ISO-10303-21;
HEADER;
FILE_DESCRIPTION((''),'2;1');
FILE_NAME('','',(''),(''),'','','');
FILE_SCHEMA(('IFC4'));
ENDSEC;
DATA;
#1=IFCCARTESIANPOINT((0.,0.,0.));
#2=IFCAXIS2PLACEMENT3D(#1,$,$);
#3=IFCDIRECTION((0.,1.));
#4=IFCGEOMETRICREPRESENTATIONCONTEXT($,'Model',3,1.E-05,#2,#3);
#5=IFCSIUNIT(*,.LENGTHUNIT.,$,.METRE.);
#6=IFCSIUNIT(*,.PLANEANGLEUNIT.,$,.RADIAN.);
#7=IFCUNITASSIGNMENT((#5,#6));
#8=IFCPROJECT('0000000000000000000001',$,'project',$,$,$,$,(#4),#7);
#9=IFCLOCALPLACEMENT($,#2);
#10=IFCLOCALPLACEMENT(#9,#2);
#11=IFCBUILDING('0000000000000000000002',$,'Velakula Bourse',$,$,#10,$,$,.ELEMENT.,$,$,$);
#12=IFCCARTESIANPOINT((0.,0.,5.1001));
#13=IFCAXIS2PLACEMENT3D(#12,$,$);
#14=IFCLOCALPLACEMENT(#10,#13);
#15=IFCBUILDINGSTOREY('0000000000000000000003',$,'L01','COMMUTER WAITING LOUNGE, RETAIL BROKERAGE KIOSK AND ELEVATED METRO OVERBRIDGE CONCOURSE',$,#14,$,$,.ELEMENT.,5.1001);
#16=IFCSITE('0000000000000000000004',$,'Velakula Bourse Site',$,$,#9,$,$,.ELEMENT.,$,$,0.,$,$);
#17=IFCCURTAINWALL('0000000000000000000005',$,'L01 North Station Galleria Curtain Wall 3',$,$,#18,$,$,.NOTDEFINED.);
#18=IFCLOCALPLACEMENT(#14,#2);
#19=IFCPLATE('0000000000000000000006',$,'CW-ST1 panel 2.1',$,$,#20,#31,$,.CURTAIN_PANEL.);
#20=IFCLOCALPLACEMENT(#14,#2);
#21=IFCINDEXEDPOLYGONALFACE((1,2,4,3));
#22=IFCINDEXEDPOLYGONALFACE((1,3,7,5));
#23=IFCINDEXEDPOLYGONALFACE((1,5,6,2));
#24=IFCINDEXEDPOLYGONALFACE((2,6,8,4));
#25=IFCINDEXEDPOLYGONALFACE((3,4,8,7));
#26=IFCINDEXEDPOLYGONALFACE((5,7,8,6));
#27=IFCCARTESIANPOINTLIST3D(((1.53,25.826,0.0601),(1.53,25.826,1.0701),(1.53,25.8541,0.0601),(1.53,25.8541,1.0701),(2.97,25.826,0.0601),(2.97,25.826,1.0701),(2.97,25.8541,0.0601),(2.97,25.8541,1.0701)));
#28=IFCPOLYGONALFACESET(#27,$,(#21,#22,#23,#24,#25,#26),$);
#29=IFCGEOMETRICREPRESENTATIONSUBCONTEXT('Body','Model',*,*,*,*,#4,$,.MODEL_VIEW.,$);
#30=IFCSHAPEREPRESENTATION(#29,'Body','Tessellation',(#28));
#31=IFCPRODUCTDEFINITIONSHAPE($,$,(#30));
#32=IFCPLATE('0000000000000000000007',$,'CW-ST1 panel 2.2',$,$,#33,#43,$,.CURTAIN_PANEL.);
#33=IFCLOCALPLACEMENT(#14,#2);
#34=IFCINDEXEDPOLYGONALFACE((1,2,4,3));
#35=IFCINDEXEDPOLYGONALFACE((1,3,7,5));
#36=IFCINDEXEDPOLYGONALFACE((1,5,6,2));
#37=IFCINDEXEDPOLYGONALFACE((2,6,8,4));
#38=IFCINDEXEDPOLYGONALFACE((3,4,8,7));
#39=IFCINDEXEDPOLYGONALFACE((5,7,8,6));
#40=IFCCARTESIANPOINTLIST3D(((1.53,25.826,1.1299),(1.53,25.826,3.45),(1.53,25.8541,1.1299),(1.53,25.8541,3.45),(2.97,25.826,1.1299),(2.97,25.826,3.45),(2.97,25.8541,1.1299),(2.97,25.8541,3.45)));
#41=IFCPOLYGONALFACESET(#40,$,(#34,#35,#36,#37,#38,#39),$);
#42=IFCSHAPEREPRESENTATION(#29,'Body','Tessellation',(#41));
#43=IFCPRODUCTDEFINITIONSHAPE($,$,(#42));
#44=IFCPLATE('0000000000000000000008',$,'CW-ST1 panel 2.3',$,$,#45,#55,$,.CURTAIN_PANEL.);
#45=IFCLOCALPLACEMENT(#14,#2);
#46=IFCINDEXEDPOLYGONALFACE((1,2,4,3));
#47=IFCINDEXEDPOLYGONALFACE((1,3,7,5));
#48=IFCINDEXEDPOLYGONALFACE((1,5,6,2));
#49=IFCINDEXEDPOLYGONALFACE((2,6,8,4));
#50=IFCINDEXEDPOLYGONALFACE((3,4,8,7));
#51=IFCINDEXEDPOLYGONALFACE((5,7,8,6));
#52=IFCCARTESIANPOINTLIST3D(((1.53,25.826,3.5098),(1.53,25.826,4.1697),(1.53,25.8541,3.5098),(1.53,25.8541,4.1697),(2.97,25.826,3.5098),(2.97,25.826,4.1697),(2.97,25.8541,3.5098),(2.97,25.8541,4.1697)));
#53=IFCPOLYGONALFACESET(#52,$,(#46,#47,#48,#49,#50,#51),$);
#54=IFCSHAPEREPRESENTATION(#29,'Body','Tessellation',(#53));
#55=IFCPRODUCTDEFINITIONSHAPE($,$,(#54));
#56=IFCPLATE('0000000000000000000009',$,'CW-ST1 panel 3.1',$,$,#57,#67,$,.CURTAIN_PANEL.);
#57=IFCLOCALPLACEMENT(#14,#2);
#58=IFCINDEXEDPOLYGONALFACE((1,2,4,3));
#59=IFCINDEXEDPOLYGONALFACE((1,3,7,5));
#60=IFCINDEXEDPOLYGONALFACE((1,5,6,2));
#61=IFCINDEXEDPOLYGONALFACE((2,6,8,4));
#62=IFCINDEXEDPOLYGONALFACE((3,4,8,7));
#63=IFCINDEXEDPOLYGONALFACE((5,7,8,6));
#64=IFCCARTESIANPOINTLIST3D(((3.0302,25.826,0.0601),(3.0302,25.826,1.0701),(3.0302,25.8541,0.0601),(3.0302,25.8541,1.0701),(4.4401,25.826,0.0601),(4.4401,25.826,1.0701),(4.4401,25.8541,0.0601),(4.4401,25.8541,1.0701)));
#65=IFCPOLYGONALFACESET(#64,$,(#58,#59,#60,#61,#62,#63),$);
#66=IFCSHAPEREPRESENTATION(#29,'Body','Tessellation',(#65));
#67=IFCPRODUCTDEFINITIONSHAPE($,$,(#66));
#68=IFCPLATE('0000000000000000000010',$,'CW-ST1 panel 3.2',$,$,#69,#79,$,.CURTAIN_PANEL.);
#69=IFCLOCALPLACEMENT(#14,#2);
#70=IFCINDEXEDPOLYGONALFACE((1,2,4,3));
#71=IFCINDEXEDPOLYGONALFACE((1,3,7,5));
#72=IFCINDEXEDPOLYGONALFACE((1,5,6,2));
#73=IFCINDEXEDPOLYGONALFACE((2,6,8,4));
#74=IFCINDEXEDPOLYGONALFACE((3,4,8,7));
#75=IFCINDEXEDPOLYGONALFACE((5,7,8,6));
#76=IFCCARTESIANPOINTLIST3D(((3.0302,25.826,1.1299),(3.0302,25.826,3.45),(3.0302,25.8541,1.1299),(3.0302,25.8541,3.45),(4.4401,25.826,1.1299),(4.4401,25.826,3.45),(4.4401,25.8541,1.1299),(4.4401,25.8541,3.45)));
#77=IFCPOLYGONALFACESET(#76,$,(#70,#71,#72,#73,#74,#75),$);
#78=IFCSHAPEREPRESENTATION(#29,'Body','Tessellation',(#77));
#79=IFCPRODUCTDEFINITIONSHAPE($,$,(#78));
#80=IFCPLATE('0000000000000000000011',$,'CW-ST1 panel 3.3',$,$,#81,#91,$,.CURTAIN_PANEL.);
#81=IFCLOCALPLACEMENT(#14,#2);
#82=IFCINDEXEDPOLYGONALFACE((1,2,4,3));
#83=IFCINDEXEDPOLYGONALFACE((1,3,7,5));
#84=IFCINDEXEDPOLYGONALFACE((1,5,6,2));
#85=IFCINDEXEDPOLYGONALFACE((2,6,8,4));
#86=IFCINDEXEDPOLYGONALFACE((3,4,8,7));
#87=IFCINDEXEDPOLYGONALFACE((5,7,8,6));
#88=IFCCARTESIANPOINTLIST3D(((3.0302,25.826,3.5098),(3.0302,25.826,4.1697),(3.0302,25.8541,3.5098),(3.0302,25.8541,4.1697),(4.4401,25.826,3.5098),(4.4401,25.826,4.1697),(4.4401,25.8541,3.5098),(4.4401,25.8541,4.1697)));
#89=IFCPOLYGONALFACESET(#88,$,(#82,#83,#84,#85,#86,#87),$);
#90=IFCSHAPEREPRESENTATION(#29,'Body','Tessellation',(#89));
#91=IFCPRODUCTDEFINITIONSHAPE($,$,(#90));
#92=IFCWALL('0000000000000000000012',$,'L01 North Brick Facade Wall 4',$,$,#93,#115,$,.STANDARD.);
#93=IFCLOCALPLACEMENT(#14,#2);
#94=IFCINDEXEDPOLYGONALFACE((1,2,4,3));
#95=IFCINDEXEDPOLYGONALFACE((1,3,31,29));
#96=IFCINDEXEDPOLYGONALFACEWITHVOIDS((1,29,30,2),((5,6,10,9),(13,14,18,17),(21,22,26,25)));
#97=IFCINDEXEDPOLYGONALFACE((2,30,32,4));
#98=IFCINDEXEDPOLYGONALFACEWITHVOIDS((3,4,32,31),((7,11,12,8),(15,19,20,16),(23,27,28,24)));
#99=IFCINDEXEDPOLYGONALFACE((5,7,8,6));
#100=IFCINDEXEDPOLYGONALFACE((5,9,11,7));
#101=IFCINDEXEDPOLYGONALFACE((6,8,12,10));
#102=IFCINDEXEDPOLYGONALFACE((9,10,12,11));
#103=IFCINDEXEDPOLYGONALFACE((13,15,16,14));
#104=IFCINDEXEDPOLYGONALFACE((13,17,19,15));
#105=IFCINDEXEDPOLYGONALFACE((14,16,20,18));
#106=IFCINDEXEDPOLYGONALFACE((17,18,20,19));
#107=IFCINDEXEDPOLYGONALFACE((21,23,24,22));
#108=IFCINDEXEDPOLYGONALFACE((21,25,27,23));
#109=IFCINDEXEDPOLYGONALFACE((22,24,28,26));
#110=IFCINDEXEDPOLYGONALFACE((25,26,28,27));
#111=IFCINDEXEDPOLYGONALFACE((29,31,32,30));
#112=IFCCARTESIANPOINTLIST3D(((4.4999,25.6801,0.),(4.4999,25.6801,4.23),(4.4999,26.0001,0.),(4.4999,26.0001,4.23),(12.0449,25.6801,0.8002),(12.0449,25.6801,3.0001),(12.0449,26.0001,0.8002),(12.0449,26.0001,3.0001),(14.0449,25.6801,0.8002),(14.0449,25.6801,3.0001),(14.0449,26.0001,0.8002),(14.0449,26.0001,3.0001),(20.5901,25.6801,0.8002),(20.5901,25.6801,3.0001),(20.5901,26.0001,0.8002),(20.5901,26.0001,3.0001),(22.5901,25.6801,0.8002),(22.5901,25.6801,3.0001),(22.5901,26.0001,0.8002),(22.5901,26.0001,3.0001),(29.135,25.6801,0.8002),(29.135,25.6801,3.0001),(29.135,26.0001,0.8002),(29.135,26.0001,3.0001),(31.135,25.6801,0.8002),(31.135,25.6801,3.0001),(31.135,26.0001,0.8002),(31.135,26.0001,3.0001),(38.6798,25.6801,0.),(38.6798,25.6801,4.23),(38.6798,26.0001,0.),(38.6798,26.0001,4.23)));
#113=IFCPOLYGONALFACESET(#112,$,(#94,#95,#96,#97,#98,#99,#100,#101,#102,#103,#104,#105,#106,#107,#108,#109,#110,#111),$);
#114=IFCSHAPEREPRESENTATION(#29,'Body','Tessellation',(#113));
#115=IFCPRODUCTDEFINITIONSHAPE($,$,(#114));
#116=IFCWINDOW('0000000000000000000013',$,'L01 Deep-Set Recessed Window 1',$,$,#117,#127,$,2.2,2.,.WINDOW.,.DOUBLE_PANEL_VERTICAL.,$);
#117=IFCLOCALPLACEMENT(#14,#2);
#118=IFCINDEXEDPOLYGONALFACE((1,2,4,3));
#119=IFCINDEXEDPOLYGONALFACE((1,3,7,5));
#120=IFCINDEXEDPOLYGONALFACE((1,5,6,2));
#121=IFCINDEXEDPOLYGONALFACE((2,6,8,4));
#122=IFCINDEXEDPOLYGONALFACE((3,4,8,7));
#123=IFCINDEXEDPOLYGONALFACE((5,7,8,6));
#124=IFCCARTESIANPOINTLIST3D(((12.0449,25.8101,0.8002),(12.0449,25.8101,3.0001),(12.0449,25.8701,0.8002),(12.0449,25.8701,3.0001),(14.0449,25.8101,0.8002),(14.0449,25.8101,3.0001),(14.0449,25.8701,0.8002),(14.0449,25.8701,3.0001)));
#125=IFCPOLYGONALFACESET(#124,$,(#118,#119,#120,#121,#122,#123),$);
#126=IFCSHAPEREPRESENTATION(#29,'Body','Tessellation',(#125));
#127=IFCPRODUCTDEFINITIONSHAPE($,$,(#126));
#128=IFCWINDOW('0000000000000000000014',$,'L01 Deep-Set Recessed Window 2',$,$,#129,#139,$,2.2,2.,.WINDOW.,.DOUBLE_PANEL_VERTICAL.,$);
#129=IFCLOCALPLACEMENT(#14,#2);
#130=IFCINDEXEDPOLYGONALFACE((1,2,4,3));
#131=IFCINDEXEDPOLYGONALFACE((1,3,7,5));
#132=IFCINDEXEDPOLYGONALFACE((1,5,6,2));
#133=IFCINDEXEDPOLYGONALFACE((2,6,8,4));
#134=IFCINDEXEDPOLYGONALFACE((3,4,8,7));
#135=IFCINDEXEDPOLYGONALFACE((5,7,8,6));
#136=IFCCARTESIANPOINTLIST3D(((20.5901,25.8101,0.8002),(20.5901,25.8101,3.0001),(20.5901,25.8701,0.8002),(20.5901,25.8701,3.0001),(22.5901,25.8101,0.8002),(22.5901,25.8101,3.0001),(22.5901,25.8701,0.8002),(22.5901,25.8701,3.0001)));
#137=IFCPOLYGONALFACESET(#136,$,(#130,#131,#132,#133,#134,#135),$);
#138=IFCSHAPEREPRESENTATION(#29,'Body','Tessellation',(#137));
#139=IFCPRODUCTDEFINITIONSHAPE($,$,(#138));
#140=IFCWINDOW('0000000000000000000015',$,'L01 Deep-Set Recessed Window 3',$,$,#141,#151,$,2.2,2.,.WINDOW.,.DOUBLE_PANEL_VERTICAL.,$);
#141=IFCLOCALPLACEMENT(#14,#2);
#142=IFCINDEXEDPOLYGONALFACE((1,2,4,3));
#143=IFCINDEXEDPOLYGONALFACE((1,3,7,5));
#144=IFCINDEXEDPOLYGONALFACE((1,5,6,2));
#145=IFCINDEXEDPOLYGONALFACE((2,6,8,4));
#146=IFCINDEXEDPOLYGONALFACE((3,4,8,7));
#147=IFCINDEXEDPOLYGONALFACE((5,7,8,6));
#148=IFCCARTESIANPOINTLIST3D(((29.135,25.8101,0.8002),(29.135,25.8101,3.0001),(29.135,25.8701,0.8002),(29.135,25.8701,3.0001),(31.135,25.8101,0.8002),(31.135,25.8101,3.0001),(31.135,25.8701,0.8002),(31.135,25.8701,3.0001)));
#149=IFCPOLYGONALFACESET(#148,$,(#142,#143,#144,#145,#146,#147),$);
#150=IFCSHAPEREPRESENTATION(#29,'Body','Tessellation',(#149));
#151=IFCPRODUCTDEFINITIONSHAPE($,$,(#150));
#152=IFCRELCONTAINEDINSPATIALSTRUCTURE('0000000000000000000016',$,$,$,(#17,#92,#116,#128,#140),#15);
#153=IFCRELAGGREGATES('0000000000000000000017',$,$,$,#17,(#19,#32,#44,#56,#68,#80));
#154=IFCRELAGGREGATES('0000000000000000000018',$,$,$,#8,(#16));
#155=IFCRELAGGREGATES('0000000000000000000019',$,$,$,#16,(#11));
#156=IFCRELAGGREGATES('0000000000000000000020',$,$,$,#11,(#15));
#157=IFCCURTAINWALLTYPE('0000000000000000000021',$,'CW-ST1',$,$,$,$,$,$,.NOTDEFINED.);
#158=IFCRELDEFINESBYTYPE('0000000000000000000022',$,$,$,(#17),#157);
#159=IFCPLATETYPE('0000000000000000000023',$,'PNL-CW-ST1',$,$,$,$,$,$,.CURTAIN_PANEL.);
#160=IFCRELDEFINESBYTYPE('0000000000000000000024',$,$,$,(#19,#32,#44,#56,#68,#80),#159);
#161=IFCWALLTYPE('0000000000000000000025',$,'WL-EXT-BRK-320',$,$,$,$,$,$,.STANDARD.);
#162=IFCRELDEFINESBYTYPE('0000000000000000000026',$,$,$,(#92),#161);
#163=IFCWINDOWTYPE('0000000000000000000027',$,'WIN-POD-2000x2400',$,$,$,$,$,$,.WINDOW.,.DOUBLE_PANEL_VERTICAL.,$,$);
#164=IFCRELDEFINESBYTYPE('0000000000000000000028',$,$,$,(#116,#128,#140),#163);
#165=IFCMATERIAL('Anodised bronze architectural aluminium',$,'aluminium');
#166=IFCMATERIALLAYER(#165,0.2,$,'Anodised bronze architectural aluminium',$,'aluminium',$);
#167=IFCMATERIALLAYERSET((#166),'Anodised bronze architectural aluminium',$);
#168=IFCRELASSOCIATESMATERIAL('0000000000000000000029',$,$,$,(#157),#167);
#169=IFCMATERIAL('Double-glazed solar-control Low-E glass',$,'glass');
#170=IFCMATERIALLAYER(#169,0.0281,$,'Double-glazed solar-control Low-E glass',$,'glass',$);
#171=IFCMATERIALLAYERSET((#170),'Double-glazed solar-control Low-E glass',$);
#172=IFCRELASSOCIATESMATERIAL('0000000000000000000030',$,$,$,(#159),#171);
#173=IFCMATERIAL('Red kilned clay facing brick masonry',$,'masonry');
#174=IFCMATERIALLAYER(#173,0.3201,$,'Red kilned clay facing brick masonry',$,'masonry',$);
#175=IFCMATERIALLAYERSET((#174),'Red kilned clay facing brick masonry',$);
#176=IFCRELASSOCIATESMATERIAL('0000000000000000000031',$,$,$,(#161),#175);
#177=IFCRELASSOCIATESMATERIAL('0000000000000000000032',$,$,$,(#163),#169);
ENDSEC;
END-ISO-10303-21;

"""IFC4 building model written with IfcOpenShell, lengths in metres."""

from ifc_helpers import new_model, si_unit, direction, frame, frame_2d, origin, origin_2d, place, context, subcontext, project, spatial, rectangle, extrude, material, layer, layer_set, type_object, element, fill, aggregate, save


model = new_model("IFC4")

# Units and contexts
model_context = context("Model", 3, precision=1e-05, world=origin(), true_north=direction((0.0, 1.0)))
body_context = subcontext(model_context, "Body", "Model", "MODEL_VIEW")
ifc_project = project(units=[si_unit("LENGTHUNIT", "METRE"), si_unit("PLANEANGLEUNIT", "RADIAN")], contexts=[model_context])

# Site, building, storey
site_placement = place(None, origin())
site = spatial("IfcSite", under=ifc_project, at=site_placement, Name="Velakula Bourse Site", CompositionType="ELEMENT", RefElevation=0.0)
building_placement = place(site_placement, origin())
building = spatial("IfcBuilding", under=site, at=building_placement, Name="Velakula Bourse", CompositionType="ELEMENT")
storey_placement = place(building_placement, frame((0.0, 0.0, 5.1001)))
storey = spatial("IfcBuildingStorey", under=building, at=storey_placement, Name="L01", Description="COMMUTER WAITING LOUNGE, RETAIL BROKERAGE KIOSK AND ELEVATED METRO OVERBRIDGE CONCOURSE", CompositionType="ELEMENT", Elevation=5.1001)

# Shared definitions
ifc_material_1 = material(Name="Anodised bronze architectural aluminium", Category="aluminium")
ifc_layer_1 = layer(ifc_material_1, 0.2, Name="Anodised bronze architectural aluminium", Category="aluminium")
ifc_layer_set_1 = layer_set([ifc_layer_1], Name="Anodised bronze architectural aluminium")
curtain_wall_type = type_object("IfcCurtainWallType", Name="CW-ST1", PredefinedType="NOTDEFINED", material=ifc_layer_set_1)

# Curtain wall, plates
curtain_wall_1_placement = place(storey_placement, origin())
curtain_wall_1 = element("IfcCurtainWall", 1, at=curtain_wall_1_placement, inside=storey, type_object=curtain_wall_type, Name="L01 North Station Galleria Curtain Wall 3", PredefinedType="NOTDEFINED")
ifc_material_2 = material(Name="Double-glazed solar-control Low-E glass", Category="glass")
ifc_layer_2 = layer(ifc_material_2, 0.0281, Name="Double-glazed solar-control Low-E glass", Category="glass")
ifc_layer_set_2 = layer_set([ifc_layer_2], Name="Double-glazed solar-control Low-E glass")
plate_type = type_object("IfcPlateType", Name="PNL-CW-ST1", PredefinedType="CURTAIN_PANEL", material=ifc_layer_set_2)
plate_1_placement = place(storey_placement, frame((2.25, 25.8401, 0.0601), z_axis=(0.0, 0.0, 1.0), x_axis=(1.0, 0.0, 0.0)))
plate_1 = element("IfcPlate", 2, at=plate_1_placement, type_object=plate_type, Name="CW-ST1 panel 2.1", PredefinedType="CURTAIN_PANEL", context=body_context, shape_type="SweptSolid", body=[
    extrude(rectangle(XDim=1.4399, YDim=0.0281, at=origin_2d()), origin(), (0.0, 0.0, 1.0), 1.01),
])
plate_2_placement = place(storey_placement, frame((2.25, 25.8401, 1.1299), z_axis=(0.0, 0.0, 1.0), x_axis=(1.0, 0.0, 0.0)))
plate_2 = element("IfcPlate", 3, at=plate_2_placement, type_object=plate_type, Name="CW-ST1 panel 2.2", PredefinedType="CURTAIN_PANEL", context=body_context, shape_type="SweptSolid", body=[
    extrude(rectangle(XDim=1.4399, YDim=0.0281, at=origin_2d()), origin(), (0.0, 0.0, 1.0), 2.3201),
])
plate_3_placement = place(storey_placement, frame((2.25, 25.8401, 3.5098), z_axis=(0.0, 0.0, 1.0), x_axis=(1.0, 0.0, 0.0)))
plate_3 = element("IfcPlate", 4, at=plate_3_placement, type_object=plate_type, Name="CW-ST1 panel 2.3", PredefinedType="CURTAIN_PANEL", context=body_context, shape_type="SweptSolid", body=[
    extrude(rectangle(XDim=1.4399, YDim=0.0281, at=origin_2d()), origin(), (0.0, 0.0, 1.0), 0.6599),
])
plate_4_placement = place(storey_placement, frame((3.7351, 25.8401, 0.0601), z_axis=(0.0, 0.0, 1.0), x_axis=(1.0, 0.0, 0.0)))
plate_4 = element("IfcPlate", 5, at=plate_4_placement, type_object=plate_type, Name="CW-ST1 panel 3.1", PredefinedType="CURTAIN_PANEL", context=body_context, shape_type="SweptSolid", body=[
    extrude(rectangle(XDim=1.4099, YDim=0.0281, at=origin_2d()), origin(), (0.0, 0.0, 1.0), 1.01),
])
plate_5_placement = place(storey_placement, frame((3.7351, 25.8401, 1.1299), z_axis=(0.0, 0.0, 1.0), x_axis=(1.0, 0.0, 0.0)))
plate_5 = element("IfcPlate", 6, at=plate_5_placement, type_object=plate_type, Name="CW-ST1 panel 3.2", PredefinedType="CURTAIN_PANEL", context=body_context, shape_type="SweptSolid", body=[
    extrude(rectangle(XDim=1.4099, YDim=0.0281, at=origin_2d()), origin(), (0.0, 0.0, 1.0), 2.3201),
])
plate_6_placement = place(storey_placement, frame((3.7351, 25.8401, 3.5098), z_axis=(0.0, 0.0, 1.0), x_axis=(1.0, 0.0, 0.0)))
plate_6 = element("IfcPlate", 7, at=plate_6_placement, type_object=plate_type, Name="CW-ST1 panel 3.3", PredefinedType="CURTAIN_PANEL", context=body_context, shape_type="SweptSolid", body=[
    extrude(rectangle(XDim=1.4099, YDim=0.0281, at=origin_2d()), origin(), (0.0, 0.0, 1.0), 0.6599),
])
aggregate(curtain_wall_1, [plate_1, plate_2, plate_3, plate_4, plate_5, plate_6])

# Wall, openings, windows
ifc_material_3 = material(Name="Red kilned clay facing brick masonry", Category="masonry")
ifc_layer_3 = layer(ifc_material_3, 0.3201, Name="Red kilned clay facing brick masonry", Category="masonry")
ifc_layer_set_3 = layer_set([ifc_layer_3], Name="Red kilned clay facing brick masonry")
wall_type = type_object("IfcWallType", Name="WL-EXT-BRK-320", PredefinedType="STANDARD", material=ifc_layer_set_3)
wall_placement = place(storey_placement, frame((4.5, 25.8401, 0.0), z_axis=(0.0, 0.0, 1.0), x_axis=(1.0, 0.0, 0.0)))
wall = element("IfcWall", 8, at=wall_placement, inside=storey, type_object=wall_type, Name="L01 North Brick Facade Wall 4", PredefinedType="STANDARD", context=body_context, shape_type="SweptSolid", body=[
    extrude(rectangle(XDim=34.1799, YDim=0.3201, at=frame_2d((17.0898, 0.0))), origin(), (0.0, 0.0, 1.0), 4.23),
])
opening_1_placement = place(wall_placement, frame((7.5449, 0.0, 0.8)))
opening_1 = element("IfcOpeningElement", 9, at=opening_1_placement, cuts=wall, PredefinedType="OPENING", context=body_context, shape_type="SweptSolid", body=[
    extrude(rectangle(XDim=2.0, YDim=2.2, at=frame_2d((1.0, 1.1001))), frame((0.0, 0.1699, 0.0), z_axis=(0.0, -1.0, 0.0), x_axis=(1.0, 0.0, 0.0)), (0.0, 0.0, 1.0), 0.3401),
])
opening_2_placement = place(wall_placement, frame((16.0901, 0.0, 0.8)))
opening_2 = element("IfcOpeningElement", 10, at=opening_2_placement, cuts=wall, PredefinedType="OPENING", context=body_context, shape_type="SweptSolid", body=[
    extrude(rectangle(XDim=2.0, YDim=2.2, at=frame_2d((1.0, 1.1001))), frame((0.0, 0.1699, 0.0), z_axis=(0.0, -1.0, 0.0), x_axis=(1.0, 0.0, 0.0)), (0.0, 0.0, 1.0), 0.3401),
])
opening_3_placement = place(wall_placement, frame((24.635, 0.0, 0.8)))
opening_3 = element("IfcOpeningElement", 11, at=opening_3_placement, cuts=wall, PredefinedType="OPENING", context=body_context, shape_type="SweptSolid", body=[
    extrude(rectangle(XDim=2.0, YDim=2.2, at=frame_2d((1.0, 1.1001))), frame((0.0, 0.1699, 0.0), z_axis=(0.0, -1.0, 0.0), x_axis=(1.0, 0.0, 0.0)), (0.0, 0.0, 1.0), 0.3401),
])
window_type = type_object("IfcWindowType", Name="WIN-POD-2000x2400", PartitioningType="DOUBLE_PANEL_VERTICAL", PredefinedType="WINDOW", material=ifc_material_2)
window_1_placement = place(opening_1_placement, origin())
window_1 = element("IfcWindow", 12, at=window_1_placement, inside=storey, type_object=window_type, Name="L01 Deep-Set Recessed Window 1", OverallHeight=2.2, OverallWidth=2.0, PartitioningType="DOUBLE_PANEL_VERTICAL", PredefinedType="WINDOW", context=body_context, shape_type="SweptSolid", body=[
    extrude(rectangle(XDim=2.0, YDim=2.2, at=frame_2d((1.0, 1.1001))), frame((0.0, 0.03, 0.0), z_axis=(0.0, -1.0, 0.0), x_axis=(1.0, 0.0, 0.0)), (0.0, 0.0, 1.0), 0.0601),
])
fill(opening_1, window_1)
window_2_placement = place(opening_2_placement, origin())
window_2 = element("IfcWindow", 13, at=window_2_placement, inside=storey, type_object=window_type, Name="L01 Deep-Set Recessed Window 2", OverallHeight=2.2, OverallWidth=2.0, PartitioningType="DOUBLE_PANEL_VERTICAL", PredefinedType="WINDOW", context=body_context, shape_type="SweptSolid", body=[
    extrude(rectangle(XDim=2.0, YDim=2.2, at=frame_2d((1.0, 1.1001))), frame((0.0, 0.03, 0.0), z_axis=(0.0, -1.0, 0.0), x_axis=(1.0, 0.0, 0.0)), (0.0, 0.0, 1.0), 0.0601),
])
fill(opening_2, window_2)
window_3_placement = place(opening_3_placement, origin())
window_3 = element("IfcWindow", 14, at=window_3_placement, inside=storey, type_object=window_type, Name="L01 Deep-Set Recessed Window 3", OverallHeight=2.2, OverallWidth=2.0, PartitioningType="DOUBLE_PANEL_VERTICAL", PredefinedType="WINDOW", context=body_context, shape_type="SweptSolid", body=[
    extrude(rectangle(XDim=2.0, YDim=2.2, at=frame_2d((1.0, 1.1001))), frame((0.0, 0.03, 0.0), z_axis=(0.0, -1.0, 0.0), x_axis=(1.0, 0.0, 0.0)), (0.0, 0.0, 1.0), 0.0601),
])
fill(opening_3, window_3)

save(model, "model.ifc")
